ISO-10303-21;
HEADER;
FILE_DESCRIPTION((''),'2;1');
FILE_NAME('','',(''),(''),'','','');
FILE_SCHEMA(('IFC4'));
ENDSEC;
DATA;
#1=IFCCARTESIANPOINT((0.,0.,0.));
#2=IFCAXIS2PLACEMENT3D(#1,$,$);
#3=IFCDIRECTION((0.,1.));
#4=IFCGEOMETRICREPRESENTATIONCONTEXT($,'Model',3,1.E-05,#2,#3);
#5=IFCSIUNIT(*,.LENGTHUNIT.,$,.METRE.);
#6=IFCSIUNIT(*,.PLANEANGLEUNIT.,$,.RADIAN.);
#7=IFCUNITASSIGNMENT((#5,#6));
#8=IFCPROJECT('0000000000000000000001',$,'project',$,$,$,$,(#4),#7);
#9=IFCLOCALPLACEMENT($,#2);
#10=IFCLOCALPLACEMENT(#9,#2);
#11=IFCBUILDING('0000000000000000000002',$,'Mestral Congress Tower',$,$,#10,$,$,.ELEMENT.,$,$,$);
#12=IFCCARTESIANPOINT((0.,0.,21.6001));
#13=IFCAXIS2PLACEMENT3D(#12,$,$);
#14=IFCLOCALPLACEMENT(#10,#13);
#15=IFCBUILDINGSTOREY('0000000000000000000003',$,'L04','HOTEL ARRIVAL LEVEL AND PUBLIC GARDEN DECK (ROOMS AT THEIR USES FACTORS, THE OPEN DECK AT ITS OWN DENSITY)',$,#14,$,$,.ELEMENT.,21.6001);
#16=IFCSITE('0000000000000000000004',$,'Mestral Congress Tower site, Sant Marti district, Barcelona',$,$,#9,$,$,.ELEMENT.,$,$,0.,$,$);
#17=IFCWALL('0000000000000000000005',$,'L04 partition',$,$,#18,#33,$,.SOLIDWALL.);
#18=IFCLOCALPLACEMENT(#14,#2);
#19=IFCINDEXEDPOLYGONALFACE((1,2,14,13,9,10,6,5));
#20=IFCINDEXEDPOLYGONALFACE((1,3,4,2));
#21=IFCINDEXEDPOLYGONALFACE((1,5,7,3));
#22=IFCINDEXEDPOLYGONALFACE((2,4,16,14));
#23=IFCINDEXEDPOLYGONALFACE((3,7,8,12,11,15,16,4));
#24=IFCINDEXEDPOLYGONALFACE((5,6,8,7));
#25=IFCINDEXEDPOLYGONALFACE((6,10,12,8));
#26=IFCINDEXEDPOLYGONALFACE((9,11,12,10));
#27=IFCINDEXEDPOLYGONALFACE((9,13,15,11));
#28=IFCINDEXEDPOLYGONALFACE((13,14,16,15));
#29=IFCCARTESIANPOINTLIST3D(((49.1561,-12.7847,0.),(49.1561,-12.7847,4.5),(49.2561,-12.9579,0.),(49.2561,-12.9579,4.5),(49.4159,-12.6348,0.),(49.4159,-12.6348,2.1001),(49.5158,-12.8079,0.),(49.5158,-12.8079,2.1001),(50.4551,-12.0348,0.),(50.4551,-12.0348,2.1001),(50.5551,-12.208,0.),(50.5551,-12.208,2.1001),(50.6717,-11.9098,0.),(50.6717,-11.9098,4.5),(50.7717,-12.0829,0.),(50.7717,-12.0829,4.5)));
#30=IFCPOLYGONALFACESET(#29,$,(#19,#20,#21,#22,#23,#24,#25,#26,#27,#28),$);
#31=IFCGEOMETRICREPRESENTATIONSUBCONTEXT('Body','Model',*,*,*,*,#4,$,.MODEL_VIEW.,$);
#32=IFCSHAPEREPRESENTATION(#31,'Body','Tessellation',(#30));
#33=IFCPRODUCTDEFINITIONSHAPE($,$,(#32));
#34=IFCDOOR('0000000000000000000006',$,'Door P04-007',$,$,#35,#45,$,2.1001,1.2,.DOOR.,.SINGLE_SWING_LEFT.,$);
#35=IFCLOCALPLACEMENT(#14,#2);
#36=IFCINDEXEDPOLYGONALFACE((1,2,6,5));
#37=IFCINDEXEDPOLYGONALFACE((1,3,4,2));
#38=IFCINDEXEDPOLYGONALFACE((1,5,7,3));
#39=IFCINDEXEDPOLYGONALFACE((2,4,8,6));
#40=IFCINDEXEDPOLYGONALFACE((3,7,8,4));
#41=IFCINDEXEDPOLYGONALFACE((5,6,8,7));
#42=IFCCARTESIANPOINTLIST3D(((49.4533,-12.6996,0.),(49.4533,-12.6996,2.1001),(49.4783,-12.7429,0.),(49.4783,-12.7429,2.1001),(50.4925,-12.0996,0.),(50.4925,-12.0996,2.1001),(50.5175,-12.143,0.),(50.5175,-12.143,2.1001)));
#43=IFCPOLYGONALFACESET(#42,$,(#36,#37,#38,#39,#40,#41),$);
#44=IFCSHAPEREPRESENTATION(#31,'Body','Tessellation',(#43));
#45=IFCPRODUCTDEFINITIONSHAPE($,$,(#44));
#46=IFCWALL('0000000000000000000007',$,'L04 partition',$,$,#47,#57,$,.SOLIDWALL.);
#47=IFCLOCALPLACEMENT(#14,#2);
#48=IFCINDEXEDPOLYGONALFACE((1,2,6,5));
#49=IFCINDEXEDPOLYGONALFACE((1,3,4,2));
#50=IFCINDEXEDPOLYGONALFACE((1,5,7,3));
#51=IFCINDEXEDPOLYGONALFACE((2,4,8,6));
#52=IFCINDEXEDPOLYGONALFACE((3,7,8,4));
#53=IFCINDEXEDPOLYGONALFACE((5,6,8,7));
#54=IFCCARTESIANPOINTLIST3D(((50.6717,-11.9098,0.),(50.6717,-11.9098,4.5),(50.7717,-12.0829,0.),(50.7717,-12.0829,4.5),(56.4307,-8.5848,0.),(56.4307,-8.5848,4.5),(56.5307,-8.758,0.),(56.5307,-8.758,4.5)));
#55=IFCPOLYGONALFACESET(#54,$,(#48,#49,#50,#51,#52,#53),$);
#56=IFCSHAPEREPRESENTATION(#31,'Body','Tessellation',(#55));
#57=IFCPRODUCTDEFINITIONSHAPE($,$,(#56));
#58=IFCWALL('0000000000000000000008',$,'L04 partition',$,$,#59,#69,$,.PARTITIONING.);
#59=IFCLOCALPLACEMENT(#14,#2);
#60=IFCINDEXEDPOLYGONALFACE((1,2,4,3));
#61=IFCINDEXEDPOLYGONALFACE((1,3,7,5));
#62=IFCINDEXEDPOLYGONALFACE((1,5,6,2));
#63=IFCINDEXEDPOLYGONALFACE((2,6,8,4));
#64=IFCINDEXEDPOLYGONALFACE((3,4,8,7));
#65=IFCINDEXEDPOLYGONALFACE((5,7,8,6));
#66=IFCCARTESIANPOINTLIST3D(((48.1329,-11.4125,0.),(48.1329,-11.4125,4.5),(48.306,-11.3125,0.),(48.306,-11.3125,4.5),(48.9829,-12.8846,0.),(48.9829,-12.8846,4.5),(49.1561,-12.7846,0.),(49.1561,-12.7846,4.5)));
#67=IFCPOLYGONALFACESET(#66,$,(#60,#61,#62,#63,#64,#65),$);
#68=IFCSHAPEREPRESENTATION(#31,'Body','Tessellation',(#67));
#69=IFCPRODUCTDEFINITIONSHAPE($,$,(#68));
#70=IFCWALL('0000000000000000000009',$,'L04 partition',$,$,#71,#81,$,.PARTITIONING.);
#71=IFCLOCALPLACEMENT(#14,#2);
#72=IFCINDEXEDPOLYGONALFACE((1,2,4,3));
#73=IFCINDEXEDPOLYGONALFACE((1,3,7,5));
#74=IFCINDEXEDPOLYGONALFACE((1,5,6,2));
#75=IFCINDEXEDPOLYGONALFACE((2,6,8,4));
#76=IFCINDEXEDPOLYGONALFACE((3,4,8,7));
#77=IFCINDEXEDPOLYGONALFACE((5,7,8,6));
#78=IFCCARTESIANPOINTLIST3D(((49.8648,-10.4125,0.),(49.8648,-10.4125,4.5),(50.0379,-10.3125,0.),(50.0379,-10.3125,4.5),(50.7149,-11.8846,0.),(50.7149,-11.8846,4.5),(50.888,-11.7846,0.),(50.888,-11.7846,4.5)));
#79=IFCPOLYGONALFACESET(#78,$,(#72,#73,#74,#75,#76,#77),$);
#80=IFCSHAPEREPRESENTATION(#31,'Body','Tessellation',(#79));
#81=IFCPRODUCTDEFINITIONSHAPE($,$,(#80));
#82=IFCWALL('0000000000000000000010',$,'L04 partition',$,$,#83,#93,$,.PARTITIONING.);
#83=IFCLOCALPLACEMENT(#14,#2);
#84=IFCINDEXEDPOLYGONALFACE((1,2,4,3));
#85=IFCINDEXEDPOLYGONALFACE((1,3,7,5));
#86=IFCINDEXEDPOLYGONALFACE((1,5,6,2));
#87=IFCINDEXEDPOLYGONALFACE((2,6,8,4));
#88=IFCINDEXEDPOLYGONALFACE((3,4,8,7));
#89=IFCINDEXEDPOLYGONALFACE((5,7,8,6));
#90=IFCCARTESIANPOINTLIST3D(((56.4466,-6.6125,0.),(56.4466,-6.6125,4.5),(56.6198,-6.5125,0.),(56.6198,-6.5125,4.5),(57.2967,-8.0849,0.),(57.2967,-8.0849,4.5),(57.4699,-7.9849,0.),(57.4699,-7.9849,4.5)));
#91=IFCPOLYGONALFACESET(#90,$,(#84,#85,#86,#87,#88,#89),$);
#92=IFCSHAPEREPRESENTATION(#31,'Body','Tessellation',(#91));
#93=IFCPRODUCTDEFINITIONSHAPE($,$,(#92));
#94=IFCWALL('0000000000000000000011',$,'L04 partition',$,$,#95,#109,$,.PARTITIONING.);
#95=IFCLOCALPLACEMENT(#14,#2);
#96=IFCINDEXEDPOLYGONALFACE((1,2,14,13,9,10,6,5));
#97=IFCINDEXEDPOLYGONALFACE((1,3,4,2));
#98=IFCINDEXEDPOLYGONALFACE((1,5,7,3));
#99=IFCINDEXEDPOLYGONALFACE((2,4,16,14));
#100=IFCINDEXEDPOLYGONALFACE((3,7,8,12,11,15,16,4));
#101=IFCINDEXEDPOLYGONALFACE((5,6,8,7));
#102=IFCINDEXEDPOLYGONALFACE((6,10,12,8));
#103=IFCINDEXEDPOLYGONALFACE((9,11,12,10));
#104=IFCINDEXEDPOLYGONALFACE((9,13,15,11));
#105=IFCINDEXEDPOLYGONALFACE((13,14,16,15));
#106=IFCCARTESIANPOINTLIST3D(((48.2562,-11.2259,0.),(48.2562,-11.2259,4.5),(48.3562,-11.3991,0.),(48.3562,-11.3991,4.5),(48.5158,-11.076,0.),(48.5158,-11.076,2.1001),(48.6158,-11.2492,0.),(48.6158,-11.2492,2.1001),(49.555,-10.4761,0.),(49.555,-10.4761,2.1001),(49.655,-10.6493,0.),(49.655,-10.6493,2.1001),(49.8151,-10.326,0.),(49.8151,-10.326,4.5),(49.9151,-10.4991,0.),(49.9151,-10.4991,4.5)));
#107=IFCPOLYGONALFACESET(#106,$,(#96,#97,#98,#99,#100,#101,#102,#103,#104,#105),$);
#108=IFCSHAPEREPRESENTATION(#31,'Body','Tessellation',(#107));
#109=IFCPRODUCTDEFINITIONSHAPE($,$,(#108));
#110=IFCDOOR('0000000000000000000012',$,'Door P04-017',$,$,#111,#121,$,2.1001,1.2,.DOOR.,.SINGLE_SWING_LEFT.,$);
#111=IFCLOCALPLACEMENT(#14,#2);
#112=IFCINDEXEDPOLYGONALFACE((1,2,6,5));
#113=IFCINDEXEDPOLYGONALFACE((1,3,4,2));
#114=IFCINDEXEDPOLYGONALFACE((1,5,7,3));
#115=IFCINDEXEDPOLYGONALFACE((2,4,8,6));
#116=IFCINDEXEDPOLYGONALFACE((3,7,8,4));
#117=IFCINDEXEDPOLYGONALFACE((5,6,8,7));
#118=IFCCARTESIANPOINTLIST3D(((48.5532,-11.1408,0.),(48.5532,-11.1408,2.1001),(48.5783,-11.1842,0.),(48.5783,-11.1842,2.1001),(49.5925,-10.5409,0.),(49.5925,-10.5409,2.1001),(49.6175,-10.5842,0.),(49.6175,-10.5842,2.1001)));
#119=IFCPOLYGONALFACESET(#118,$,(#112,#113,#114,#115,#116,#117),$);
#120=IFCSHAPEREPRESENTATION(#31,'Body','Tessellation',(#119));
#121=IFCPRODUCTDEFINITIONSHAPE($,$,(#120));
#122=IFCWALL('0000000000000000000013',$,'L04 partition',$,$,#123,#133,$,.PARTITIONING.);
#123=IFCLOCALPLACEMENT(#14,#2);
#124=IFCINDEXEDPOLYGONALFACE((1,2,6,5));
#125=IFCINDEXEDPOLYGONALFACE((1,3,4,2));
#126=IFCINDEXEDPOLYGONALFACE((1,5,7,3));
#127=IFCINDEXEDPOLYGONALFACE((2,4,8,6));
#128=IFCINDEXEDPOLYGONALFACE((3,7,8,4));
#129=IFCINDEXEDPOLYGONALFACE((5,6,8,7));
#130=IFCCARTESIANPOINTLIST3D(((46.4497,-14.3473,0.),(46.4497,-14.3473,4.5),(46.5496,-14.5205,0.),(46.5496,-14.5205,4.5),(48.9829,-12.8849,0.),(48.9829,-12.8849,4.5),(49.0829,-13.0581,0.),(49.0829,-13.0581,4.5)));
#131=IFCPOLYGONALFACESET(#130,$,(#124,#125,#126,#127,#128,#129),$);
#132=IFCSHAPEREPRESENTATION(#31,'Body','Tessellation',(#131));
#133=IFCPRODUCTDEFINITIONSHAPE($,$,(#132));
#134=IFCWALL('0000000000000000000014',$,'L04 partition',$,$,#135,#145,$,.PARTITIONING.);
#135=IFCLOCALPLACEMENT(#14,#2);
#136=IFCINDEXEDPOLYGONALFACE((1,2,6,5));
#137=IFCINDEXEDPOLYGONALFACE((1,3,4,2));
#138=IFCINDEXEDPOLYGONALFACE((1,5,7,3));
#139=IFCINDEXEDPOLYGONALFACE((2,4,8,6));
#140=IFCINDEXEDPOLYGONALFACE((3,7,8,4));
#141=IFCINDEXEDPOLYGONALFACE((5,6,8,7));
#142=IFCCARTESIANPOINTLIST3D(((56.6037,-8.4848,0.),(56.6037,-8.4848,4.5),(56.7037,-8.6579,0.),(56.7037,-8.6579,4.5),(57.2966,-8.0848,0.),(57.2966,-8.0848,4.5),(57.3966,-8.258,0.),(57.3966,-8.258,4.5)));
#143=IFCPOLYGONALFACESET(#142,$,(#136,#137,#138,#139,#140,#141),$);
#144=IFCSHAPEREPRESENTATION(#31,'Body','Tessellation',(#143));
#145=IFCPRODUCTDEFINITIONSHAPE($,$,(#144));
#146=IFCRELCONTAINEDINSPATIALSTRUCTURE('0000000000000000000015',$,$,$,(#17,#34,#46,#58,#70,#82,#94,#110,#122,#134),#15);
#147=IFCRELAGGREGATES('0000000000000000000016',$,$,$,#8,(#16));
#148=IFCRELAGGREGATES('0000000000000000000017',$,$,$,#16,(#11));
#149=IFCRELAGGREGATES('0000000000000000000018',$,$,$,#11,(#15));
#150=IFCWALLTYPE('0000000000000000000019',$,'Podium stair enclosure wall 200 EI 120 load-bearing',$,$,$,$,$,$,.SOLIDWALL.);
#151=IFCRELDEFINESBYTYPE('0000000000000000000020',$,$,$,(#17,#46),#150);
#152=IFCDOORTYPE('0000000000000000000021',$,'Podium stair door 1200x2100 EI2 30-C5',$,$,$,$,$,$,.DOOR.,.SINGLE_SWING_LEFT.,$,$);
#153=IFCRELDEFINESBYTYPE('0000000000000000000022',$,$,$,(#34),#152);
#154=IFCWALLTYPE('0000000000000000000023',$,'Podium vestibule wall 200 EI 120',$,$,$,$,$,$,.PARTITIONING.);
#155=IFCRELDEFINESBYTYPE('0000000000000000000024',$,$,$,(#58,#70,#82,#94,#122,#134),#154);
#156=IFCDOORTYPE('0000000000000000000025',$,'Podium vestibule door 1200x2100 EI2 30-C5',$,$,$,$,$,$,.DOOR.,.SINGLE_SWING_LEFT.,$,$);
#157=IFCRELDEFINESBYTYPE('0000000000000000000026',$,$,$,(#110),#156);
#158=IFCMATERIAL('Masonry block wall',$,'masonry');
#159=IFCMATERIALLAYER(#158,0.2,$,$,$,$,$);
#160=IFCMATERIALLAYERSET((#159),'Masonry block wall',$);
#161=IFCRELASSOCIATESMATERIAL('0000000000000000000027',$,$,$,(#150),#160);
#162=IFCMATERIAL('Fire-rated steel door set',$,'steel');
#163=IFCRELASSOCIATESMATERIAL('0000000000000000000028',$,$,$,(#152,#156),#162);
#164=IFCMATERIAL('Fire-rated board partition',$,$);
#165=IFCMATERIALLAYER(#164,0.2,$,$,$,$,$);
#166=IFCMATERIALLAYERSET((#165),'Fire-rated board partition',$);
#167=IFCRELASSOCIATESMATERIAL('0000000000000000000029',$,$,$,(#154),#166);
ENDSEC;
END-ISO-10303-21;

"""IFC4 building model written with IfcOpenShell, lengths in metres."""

from ifc_helpers import new_model, si_unit, direction, frame, frame_2d, origin, place, context, subcontext, project, spatial, rectangle, extrude, material, layer, layer_set, type_object, element, fill, save


model = new_model("IFC4")

# Units and contexts
model_context = context("Model", 3, precision=1e-05, world=origin(), true_north=direction((0.0, 1.0)))
body_context = subcontext(model_context, "Body", "Model", "MODEL_VIEW")
ifc_project = project(units=[si_unit("LENGTHUNIT", "METRE"), si_unit("PLANEANGLEUNIT", "RADIAN")], contexts=[model_context])

# Site, building, storey
site_placement = place(None, origin())
site = spatial("IfcSite", under=ifc_project, at=site_placement, Name="Mestral Congress Tower site, Sant Marti district, Barcelona", CompositionType="ELEMENT", RefElevation=0.0)
building_placement = place(site_placement, origin())
building = spatial("IfcBuilding", under=site, at=building_placement, Name="Mestral Congress Tower", CompositionType="ELEMENT")
storey_placement = place(building_placement, frame((0.0, 0.0, 21.6001)))
storey = spatial("IfcBuildingStorey", under=building, at=storey_placement, Name="L04", Description="HOTEL ARRIVAL LEVEL AND PUBLIC GARDEN DECK (ROOMS AT THEIR USES FACTORS, THE OPEN DECK AT ITS OWN DENSITY)", CompositionType="ELEMENT", Elevation=21.6001)

# Shared definitions
ifc_material_1 = material(Name="Masonry block wall", Category="masonry")
ifc_layer_1 = layer(ifc_material_1, 0.2)
ifc_layer_set_1 = layer_set([ifc_layer_1], Name="Masonry block wall")
wall_type_1 = type_object("IfcWallType", Name="Podium stair enclosure wall 200 EI 120 load-bearing", PredefinedType="SOLIDWALL", material=ifc_layer_set_1)

# Wall, opening, door
wall_1_placement = place(storey_placement, frame((50.7217, -11.9963, 0.0), z_axis=(0.0, 0.0, 1.0), x_axis=(-0.866037, -0.49998, 0.0)))
wall_1 = element("IfcWall", 1, at=wall_1_placement, inside=storey, type_object=wall_type_1, Name="L04 partition", PredefinedType="SOLIDWALL", context=body_context, shape_type="SweptSolid", body=[
    extrude(rectangle(XDim=1.75, YDim=0.2, at=frame_2d((0.875, 0.0))), origin(), (0.0, 0.0, 1.0), 4.5),
])
opening_1_placement = place(wall_1_placement, frame((0.25, 0.0, 0.0)))
opening_1 = element("IfcOpeningElement", 2, at=opening_1_placement, cuts=wall_1, PredefinedType="OPENING", context=body_context, shape_type="SweptSolid", body=[
    extrude(rectangle(XDim=1.2, YDim=2.1001, at=frame_2d((0.6001, 1.05))), frame((0.0, 0.1099, 0.0), z_axis=(0.0, -1.0, 0.0), x_axis=(1.0, 0.0, 0.0)), (0.0, 0.0, 1.0), 0.22),
])
ifc_material_2 = material(Name="Fire-rated steel door set", Category="steel")
door_type_1 = type_object("IfcDoorType", Name="Podium stair door 1200x2100 EI2 30-C5", OperationType="SINGLE_SWING_LEFT", PredefinedType="DOOR", material=ifc_material_2)
door_1_placement = place(opening_1_placement, origin())
door_1 = element("IfcDoor", 3, at=door_1_placement, inside=storey, type_object=door_type_1, Name="Door P04-007", OperationType="SINGLE_SWING_LEFT", OverallHeight=2.1001, OverallWidth=1.2, PredefinedType="DOOR", context=body_context, shape_type="SweptSolid", body=[
    extrude(rectangle(XDim=1.2, YDim=2.1001, at=frame_2d((0.6001, 1.05))), frame((0.0, 0.0249, 0.0), z_axis=(0.0, -1.0, 0.0), x_axis=(1.0, 0.0, 0.0)), (0.0, 0.0, 1.0), 0.05),
])
fill(opening_1, door_1)

# Walls
wall_2_placement = place(storey_placement, frame((50.7217, -11.9963, 0.0), z_axis=(0.0, 0.0, 1.0), x_axis=(0.866027, 0.499997, 0.0)))
element("IfcWall", 4, at=wall_2_placement, inside=storey, type_object=wall_type_1, Name="L04 partition", PredefinedType="SOLIDWALL", context=body_context, shape_type="SweptSolid", body=[
    extrude(rectangle(XDim=6.6499, YDim=0.2, at=frame_2d((3.325, 0.0))), origin(), (0.0, 0.0, 1.0), 4.5),
])
ifc_material_3 = material(Name="Fire-rated board partition")
ifc_layer_2 = layer(ifc_material_3, 0.2)
ifc_layer_set_2 = layer_set([ifc_layer_2], Name="Fire-rated board partition")
wall_type_2 = type_object("IfcWallType", Name="Podium vestibule wall 200 EI 120", PredefinedType="PARTITIONING", material=ifc_layer_set_2)
for number, where, z_axis, x_axis, name in (
    (5, (49.0696, -12.8347, 0.0), (0.0, 0.0, 1.0), (-0.500062, 0.865989, 0.0), "L04 partition"),
    (6, (50.8015, -11.8347, 0.0), (0.0, 0.0, 1.0), (-0.500062, 0.865989, 0.0), "L04 partition"),
):
    element("IfcWall", number, at=place(storey_placement, frame(where, z_axis=z_axis, x_axis=x_axis)), inside=storey, type_object=wall_type_2, Name=name, PredefinedType="PARTITIONING", context=body_context, shape_type="SweptSolid", body=[
        extrude(rectangle(XDim=1.7, YDim=0.2, at=frame_2d((0.8501, 0.0))), origin(), (0.0, 0.0, 1.0), 4.5),
    ])
wall_3_placement = place(storey_placement, frame((57.3833, -8.0349, 0.0), z_axis=(0.0, 0.0, 1.0), x_axis=(-0.5, 0.866025, 0.0)))
element("IfcWall", 7, at=wall_3_placement, inside=storey, type_object=wall_type_2, Name="L04 partition", PredefinedType="PARTITIONING", context=body_context, shape_type="SweptSolid", body=[
    extrude(rectangle(XDim=1.7002, YDim=0.2, at=frame_2d((0.8501, 0.0))), origin(), (0.0, 0.0, 1.0), 4.5),
])

# Wall, opening, door
wall_4_placement = place(storey_placement, frame((49.865, -10.4126, 0.0), z_axis=(0.0, 0.0, 1.0), x_axis=(-0.866048, -0.499961, 0.0)))
wall_4 = element("IfcWall", 8, at=wall_4_placement, inside=storey, type_object=wall_type_2, Name="L04 partition", PredefinedType="PARTITIONING", context=body_context, shape_type="SweptSolid", body=[
    extrude(rectangle(XDim=1.8, YDim=0.2, at=frame_2d((0.8999, 0.0))), origin(), (0.0, 0.0, 1.0), 4.5),
])
opening_2_placement = place(wall_4_placement, frame((0.3, 0.0, 0.0)))
opening_2 = element("IfcOpeningElement", 9, at=opening_2_placement, cuts=wall_4, PredefinedType="OPENING", context=body_context, shape_type="SweptSolid", body=[
    extrude(rectangle(XDim=1.2, YDim=2.1001, at=frame_2d((0.6001, 1.05))), frame((0.0, 0.1099, 0.0), z_axis=(0.0, -1.0, 0.0), x_axis=(1.0, 0.0, 0.0)), (0.0, 0.0, 1.0), 0.22),
])
door_type_2 = type_object("IfcDoorType", Name="Podium vestibule door 1200x2100 EI2 30-C5", OperationType="SINGLE_SWING_LEFT", PredefinedType="DOOR", material=ifc_material_2)
door_2_placement = place(opening_2_placement, origin())
door_2 = element("IfcDoor", 10, at=door_2_placement, inside=storey, type_object=door_type_2, Name="Door P04-017", OperationType="SINGLE_SWING_LEFT", OverallHeight=2.1001, OverallWidth=1.2, PredefinedType="DOOR", context=body_context, shape_type="SweptSolid", body=[
    extrude(rectangle(XDim=1.2, YDim=2.1001, at=frame_2d((0.6001, 1.05))), frame((0.0, 0.0249, 0.0), z_axis=(0.0, -1.0, 0.0), x_axis=(1.0, 0.0, 0.0)), (0.0, 0.0, 1.0), 0.05),
])
fill(opening_2, door_2)

# Walls
wall_5_placement = place(storey_placement, frame((46.4998, -14.4338, 0.0), z_axis=(0.0, 0.0, 1.0), x_axis=(0.866047, 0.499963, 0.0)))
element("IfcWall", 11, at=wall_5_placement, inside=storey, type_object=wall_type_2, Name="L04 partition", PredefinedType="PARTITIONING", context=body_context, shape_type="SweptSolid", body=[
    extrude(rectangle(XDim=2.925, YDim=0.2, at=frame_2d((1.4624, 0.0))), origin(), (0.0, 0.0, 1.0), 4.5),
])
wall_6_placement = place(storey_placement, frame((56.6538, -8.5713, 0.0), z_axis=(0.0, 0.0, 1.0), x_axis=(0.866094, 0.499881, 0.0)))
element("IfcWall", 12, at=wall_6_placement, inside=storey, type_object=wall_type_2, Name="L04 partition", PredefinedType="PARTITIONING", context=body_context, shape_type="SweptSolid", body=[
    extrude(rectangle(XDim=0.8, YDim=0.2, at=frame_2d((0.3999, 0.0))), origin(), (0.0, 0.0, 1.0), 4.5),
])

save(model, "model.ifc")
